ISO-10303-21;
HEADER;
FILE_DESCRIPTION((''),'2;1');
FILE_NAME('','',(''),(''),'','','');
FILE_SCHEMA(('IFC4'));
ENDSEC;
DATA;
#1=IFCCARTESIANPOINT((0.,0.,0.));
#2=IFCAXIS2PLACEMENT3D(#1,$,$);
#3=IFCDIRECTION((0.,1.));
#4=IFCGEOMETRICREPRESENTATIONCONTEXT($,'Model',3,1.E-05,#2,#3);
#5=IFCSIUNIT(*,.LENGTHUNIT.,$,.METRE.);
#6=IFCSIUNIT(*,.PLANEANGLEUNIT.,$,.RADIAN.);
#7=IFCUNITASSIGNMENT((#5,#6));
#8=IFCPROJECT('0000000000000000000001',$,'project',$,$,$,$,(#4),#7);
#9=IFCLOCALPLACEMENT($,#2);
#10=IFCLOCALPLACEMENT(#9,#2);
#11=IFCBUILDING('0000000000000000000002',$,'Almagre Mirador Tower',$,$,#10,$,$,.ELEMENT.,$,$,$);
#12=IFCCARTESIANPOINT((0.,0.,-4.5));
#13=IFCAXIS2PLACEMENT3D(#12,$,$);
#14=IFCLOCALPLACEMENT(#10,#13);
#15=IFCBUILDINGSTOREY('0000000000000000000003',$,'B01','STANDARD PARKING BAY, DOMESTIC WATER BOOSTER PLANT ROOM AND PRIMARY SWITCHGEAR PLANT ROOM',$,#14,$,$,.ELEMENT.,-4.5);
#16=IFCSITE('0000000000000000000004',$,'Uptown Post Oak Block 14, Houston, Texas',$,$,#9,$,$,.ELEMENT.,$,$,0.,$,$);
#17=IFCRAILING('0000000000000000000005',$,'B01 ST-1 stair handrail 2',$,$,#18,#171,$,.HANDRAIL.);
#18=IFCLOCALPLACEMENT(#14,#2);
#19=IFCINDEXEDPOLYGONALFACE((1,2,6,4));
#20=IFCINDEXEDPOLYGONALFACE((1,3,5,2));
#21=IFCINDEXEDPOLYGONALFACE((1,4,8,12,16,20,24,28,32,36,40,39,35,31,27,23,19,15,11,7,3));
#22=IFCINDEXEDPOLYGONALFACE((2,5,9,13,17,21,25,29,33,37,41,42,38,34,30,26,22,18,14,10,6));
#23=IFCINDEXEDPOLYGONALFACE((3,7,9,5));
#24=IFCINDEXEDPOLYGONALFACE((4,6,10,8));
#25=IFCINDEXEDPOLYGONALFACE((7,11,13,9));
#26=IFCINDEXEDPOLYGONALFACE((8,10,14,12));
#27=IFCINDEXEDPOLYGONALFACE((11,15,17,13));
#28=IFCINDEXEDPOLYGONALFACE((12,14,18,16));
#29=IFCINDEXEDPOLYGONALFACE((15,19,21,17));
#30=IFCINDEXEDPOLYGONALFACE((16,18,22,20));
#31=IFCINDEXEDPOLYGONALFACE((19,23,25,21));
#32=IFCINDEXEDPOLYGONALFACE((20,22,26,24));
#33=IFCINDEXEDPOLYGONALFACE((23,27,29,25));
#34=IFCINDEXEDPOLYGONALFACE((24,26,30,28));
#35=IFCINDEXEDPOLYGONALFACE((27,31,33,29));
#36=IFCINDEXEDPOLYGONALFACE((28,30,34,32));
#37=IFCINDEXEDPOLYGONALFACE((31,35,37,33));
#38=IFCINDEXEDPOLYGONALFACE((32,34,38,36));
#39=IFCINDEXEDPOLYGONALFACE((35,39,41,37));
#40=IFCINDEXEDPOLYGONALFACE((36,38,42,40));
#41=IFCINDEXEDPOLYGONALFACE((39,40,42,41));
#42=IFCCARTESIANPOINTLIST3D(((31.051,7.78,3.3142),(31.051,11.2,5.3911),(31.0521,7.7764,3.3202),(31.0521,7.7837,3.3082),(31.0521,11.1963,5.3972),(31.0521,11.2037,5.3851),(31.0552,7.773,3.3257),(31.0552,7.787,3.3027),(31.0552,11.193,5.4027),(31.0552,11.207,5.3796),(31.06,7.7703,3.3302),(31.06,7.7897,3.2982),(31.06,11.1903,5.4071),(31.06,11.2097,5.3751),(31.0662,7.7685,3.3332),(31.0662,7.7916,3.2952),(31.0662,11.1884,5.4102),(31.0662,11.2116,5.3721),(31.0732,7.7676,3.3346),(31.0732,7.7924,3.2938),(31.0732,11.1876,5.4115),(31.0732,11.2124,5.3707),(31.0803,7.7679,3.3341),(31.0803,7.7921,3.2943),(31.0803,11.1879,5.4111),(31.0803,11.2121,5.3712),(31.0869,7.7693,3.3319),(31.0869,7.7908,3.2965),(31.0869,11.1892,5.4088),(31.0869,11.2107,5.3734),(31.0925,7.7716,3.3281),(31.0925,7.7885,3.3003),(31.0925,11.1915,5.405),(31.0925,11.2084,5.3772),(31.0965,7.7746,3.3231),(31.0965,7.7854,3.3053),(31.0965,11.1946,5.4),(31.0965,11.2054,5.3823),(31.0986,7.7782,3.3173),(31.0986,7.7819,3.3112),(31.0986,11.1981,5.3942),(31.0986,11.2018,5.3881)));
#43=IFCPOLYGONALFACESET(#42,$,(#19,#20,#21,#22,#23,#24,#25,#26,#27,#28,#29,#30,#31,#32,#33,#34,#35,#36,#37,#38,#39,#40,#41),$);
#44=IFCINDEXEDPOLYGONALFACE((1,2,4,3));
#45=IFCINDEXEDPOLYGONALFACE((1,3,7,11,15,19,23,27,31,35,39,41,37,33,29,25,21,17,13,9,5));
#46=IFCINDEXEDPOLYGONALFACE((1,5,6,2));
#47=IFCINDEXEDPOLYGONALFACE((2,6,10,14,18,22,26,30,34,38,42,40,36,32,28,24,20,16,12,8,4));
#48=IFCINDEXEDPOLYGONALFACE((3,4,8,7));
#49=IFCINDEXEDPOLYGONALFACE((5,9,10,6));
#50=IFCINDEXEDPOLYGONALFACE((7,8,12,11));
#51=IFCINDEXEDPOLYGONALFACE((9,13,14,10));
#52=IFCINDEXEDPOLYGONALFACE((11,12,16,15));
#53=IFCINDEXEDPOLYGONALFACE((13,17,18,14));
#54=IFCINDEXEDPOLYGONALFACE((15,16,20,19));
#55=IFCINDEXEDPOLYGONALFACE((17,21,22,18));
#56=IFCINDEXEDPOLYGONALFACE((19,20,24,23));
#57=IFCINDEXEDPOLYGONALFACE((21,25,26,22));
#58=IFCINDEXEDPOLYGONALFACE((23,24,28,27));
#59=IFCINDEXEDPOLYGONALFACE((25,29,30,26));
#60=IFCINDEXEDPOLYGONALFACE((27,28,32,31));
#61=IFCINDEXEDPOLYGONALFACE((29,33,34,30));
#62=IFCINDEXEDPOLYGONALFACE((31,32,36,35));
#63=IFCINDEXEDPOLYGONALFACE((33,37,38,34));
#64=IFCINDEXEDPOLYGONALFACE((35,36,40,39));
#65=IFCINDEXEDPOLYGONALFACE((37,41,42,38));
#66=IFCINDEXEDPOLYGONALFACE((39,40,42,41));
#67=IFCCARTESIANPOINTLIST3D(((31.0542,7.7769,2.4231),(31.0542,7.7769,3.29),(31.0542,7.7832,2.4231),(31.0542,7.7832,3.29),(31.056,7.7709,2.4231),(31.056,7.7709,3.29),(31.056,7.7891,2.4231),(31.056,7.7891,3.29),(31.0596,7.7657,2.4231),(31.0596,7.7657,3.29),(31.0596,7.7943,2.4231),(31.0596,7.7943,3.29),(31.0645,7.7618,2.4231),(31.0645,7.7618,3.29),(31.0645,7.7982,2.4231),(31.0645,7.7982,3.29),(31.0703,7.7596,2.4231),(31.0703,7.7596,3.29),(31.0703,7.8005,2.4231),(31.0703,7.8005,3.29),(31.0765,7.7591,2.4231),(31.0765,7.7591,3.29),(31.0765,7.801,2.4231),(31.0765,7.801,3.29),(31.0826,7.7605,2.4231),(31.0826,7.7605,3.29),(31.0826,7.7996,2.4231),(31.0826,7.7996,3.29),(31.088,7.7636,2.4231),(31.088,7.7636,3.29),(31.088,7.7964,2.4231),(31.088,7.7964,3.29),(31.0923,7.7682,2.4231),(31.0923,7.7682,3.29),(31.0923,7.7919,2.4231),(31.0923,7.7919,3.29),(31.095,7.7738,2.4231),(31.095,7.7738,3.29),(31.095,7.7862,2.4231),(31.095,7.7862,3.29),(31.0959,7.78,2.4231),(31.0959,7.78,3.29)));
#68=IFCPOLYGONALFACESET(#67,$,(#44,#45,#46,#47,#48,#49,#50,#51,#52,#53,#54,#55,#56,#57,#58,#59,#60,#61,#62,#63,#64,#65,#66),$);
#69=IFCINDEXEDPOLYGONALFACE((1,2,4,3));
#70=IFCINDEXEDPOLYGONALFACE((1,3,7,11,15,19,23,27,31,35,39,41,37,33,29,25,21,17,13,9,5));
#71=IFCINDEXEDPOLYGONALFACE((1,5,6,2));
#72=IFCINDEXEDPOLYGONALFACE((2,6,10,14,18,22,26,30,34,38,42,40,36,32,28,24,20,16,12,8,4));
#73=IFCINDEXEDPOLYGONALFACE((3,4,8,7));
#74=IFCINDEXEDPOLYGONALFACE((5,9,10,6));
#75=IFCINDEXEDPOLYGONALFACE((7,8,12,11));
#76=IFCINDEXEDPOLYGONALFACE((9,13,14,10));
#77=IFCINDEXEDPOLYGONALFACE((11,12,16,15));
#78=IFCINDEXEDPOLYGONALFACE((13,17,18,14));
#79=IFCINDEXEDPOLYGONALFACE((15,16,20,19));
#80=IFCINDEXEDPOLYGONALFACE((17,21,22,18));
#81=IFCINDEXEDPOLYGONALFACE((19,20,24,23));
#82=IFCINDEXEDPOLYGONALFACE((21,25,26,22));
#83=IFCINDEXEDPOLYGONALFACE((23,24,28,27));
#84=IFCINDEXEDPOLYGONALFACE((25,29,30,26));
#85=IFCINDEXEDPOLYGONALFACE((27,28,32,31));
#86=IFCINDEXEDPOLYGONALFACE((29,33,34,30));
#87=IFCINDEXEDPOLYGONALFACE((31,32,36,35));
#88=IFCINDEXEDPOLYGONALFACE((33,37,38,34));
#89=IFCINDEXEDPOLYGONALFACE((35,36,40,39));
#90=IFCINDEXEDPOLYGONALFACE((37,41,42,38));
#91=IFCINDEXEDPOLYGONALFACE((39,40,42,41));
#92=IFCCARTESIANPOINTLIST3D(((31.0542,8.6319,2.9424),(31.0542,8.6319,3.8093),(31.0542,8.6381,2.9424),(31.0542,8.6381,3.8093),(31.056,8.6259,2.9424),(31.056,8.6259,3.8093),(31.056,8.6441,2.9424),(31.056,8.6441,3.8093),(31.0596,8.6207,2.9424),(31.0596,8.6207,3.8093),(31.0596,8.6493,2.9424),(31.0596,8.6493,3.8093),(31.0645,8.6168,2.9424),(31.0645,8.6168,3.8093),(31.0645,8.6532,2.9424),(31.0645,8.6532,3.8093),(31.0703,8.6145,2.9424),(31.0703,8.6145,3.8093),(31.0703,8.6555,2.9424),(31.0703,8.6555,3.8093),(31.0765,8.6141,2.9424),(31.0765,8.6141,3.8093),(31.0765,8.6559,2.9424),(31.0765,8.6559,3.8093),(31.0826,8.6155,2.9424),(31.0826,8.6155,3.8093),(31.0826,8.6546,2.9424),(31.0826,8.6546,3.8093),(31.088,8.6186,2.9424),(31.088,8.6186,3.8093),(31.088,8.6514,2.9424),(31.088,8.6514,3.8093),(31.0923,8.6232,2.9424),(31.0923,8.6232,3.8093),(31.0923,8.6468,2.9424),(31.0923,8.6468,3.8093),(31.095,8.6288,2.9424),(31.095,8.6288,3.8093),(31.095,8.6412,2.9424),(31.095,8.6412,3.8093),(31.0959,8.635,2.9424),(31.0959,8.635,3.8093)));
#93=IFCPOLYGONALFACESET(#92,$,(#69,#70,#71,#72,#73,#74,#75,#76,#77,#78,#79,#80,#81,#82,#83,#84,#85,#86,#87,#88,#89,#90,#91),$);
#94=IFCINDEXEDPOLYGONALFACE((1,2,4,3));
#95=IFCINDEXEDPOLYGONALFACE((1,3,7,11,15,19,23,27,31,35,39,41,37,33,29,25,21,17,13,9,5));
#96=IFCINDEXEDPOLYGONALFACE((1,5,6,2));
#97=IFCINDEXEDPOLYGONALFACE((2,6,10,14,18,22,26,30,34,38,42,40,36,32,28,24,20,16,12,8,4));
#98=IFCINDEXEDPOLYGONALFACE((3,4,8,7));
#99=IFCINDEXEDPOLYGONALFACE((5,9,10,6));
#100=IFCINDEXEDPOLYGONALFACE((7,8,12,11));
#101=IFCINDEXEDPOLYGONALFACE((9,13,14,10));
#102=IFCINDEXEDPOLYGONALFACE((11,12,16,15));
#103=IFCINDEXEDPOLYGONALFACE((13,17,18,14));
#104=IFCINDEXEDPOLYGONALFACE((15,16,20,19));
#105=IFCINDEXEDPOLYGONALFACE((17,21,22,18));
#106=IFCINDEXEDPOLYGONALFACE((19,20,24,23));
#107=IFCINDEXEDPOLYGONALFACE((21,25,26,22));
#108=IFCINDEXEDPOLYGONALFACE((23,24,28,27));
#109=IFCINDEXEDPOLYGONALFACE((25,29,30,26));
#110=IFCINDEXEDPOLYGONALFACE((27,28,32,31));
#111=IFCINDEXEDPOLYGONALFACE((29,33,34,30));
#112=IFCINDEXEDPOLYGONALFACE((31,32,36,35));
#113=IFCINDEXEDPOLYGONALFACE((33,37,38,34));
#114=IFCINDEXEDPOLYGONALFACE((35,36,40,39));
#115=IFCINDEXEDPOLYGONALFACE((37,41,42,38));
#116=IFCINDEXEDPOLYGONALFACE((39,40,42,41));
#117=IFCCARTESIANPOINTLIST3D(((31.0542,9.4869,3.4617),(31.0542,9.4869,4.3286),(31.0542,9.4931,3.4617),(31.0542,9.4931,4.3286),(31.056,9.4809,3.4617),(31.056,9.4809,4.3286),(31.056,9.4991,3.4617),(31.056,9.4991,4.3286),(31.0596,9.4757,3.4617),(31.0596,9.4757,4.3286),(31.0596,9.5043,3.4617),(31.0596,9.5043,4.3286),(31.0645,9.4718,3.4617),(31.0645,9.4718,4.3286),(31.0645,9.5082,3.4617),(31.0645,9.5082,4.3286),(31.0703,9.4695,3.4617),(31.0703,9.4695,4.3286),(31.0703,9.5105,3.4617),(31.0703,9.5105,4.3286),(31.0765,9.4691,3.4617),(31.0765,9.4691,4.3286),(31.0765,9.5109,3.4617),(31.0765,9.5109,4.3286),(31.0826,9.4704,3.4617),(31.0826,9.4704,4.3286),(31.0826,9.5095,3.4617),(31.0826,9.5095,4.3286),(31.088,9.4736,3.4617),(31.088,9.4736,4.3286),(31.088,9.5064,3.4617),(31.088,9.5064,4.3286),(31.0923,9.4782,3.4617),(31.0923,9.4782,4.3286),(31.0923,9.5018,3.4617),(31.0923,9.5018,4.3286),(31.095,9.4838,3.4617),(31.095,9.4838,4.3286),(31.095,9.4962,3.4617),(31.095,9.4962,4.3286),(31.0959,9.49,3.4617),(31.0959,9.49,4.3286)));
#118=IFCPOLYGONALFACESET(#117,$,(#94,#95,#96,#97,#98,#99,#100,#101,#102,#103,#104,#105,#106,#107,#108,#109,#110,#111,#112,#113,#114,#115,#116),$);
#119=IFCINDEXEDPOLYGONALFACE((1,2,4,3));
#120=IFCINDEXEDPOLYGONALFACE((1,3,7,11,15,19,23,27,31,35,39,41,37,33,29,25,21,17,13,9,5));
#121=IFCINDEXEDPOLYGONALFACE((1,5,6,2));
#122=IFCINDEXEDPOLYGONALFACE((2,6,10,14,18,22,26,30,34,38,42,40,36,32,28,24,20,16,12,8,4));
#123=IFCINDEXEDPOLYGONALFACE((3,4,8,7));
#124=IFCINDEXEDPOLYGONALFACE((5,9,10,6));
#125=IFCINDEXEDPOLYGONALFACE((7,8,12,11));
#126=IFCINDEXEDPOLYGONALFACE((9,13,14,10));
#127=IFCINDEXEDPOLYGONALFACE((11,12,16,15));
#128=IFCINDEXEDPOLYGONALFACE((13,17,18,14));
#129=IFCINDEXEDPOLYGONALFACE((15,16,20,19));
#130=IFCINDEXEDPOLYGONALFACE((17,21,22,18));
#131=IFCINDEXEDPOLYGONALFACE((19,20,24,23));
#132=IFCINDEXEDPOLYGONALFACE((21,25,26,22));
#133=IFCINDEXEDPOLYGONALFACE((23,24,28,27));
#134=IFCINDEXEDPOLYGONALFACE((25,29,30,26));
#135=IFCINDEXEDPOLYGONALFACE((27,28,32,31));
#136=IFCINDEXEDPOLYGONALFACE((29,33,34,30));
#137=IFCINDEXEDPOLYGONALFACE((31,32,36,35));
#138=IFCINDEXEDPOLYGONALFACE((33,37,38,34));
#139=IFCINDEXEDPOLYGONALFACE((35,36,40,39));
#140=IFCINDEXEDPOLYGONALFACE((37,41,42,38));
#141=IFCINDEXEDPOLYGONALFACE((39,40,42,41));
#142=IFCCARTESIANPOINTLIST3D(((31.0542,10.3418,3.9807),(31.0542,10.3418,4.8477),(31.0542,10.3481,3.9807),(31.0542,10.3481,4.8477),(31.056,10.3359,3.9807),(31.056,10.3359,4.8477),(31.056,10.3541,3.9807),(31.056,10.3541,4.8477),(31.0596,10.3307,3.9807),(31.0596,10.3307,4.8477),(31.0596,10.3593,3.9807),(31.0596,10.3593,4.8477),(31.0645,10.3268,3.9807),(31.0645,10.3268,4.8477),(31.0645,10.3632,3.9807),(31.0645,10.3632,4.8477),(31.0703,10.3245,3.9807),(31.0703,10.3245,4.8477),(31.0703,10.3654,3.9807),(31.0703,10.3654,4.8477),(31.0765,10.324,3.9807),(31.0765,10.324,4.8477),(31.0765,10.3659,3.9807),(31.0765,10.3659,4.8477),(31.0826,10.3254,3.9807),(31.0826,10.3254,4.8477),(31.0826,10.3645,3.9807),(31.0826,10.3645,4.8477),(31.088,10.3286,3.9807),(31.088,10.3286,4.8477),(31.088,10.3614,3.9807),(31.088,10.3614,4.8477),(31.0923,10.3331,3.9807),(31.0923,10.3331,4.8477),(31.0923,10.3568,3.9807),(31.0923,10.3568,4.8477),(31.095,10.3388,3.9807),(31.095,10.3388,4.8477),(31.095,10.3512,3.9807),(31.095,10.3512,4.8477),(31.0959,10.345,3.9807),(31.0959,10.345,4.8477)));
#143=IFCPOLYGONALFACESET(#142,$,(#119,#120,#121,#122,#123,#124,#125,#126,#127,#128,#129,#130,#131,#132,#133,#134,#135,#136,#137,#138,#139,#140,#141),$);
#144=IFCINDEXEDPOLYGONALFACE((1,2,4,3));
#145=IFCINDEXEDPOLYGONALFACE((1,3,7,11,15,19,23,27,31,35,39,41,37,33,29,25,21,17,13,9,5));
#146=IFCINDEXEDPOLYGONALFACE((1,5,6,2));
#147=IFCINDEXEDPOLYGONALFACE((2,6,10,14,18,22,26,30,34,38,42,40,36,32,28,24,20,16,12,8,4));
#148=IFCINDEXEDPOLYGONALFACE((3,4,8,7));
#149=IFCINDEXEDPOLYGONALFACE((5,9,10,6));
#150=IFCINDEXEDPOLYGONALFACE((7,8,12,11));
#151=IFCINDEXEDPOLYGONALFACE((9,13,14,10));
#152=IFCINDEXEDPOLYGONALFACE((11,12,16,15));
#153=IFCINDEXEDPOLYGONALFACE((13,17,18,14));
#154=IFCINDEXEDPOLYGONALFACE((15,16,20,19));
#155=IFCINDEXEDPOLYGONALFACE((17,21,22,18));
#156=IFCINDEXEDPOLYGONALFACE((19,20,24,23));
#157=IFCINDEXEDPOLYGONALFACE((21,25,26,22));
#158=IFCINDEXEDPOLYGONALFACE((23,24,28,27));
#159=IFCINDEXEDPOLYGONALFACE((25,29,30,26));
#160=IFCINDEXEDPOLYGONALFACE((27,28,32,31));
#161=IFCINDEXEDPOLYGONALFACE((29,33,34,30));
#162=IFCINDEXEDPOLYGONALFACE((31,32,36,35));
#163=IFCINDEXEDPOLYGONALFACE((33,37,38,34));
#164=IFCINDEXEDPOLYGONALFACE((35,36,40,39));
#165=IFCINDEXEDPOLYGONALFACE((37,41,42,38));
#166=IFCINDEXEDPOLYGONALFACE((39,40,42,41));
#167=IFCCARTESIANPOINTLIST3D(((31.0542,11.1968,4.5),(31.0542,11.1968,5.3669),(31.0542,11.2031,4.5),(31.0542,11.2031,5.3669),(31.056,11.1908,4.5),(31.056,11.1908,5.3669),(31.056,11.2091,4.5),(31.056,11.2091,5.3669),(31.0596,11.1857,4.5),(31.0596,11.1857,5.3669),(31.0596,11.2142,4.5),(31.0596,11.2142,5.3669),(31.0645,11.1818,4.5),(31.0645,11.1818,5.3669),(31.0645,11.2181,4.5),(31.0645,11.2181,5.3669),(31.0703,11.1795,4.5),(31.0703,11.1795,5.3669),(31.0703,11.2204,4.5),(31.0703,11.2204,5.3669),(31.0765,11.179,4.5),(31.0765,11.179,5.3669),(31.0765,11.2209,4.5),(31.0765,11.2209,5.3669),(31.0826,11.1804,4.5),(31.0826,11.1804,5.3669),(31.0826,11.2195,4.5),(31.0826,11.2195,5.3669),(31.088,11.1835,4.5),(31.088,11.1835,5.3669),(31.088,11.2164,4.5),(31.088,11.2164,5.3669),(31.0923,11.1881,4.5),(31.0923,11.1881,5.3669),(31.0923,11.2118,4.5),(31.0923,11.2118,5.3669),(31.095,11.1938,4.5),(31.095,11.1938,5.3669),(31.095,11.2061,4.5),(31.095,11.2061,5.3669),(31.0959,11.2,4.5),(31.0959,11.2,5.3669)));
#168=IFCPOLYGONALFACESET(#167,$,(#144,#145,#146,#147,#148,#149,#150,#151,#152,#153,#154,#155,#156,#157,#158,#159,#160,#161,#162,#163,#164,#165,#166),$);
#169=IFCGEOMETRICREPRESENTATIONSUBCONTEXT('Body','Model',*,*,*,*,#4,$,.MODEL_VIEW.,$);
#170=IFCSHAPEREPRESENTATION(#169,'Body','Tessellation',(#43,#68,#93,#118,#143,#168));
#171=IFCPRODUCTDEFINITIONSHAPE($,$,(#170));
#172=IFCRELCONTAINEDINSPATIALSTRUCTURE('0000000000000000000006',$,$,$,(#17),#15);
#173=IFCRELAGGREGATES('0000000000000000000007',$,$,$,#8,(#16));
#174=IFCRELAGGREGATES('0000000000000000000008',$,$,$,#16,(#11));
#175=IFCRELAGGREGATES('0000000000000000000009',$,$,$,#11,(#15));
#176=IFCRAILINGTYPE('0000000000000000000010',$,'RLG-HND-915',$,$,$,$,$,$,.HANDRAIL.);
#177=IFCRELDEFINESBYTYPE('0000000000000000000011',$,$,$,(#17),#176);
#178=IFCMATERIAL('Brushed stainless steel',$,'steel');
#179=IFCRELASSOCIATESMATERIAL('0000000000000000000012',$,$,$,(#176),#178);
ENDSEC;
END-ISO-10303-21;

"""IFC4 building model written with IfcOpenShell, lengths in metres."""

from ifc_helpers import new_model, si_unit, direction, frame, origin, origin_2d, place, context, subcontext, project, spatial, circle, extrude, material, type_object, element, save


model = new_model("IFC4")

# Units and contexts
model_context = context("Model", 3, precision=1e-05, world=origin(), true_north=direction((0.0, 1.0)))
body_context = subcontext(model_context, "Body", "Model", "MODEL_VIEW")
ifc_project = project(units=[si_unit("LENGTHUNIT", "METRE"), si_unit("PLANEANGLEUNIT", "RADIAN")], contexts=[model_context])

# Site, building, storey
site_placement = place(None, origin())
site = spatial("IfcSite", under=ifc_project, at=site_placement, Name="Uptown Post Oak Block 14, Houston, Texas", CompositionType="ELEMENT", RefElevation=0.0)
building_placement = place(site_placement, origin())
building = spatial("IfcBuilding", under=site, at=building_placement, Name="Almagre Mirador Tower", CompositionType="ELEMENT")
storey_placement = place(building_placement, frame((0.0, 0.0, -4.5)))
storey = spatial("IfcBuildingStorey", under=building, at=storey_placement, Name="B01", Description="STANDARD PARKING BAY, DOMESTIC WATER BOOSTER PLANT ROOM AND PRIMARY SWITCHGEAR PLANT ROOM", CompositionType="ELEMENT", Elevation=-4.5)

# Railing
ifc_material_1 = material(Name="Brushed stainless steel", Category="steel")
railing_type_1 = type_object("IfcRailingType", Name="RLG-HND-915", PredefinedType="HANDRAIL", material=ifc_material_1)
railing_1_placement = place(storey_placement, frame((31.075, 7.78, 2.4231)))
element("IfcRailing", 1, at=railing_1_placement, inside=storey, type_object=railing_type_1, Name="B01 ST-1 stair handrail 2", PredefinedType="HANDRAIL", context=body_context, shape_type="SweptSolid", body=[
    extrude(circle(Radius=0.0239, at=origin_2d()), frame((0.0, 0.0, 0.8911), z_axis=(0.0, 0.85473, 0.519074), x_axis=(-1.0, 0.0, 0.0)), (0.0, 0.0, 1.0), 4.0012),
    extrude(circle(Radius=0.021, at=origin_2d()), origin(), (0.0, 0.0, 1.0), 0.8669),
    extrude(circle(Radius=0.021, at=origin_2d()), frame((0.0, 0.855, 0.5193)), (0.0, 0.0, 1.0), 0.8669),
    extrude(circle(Radius=0.021, at=origin_2d()), frame((0.0, 1.71, 1.0386)), (0.0, 0.0, 1.0), 0.8669),
    extrude(circle(Radius=0.021, at=origin_2d()), frame((0.0, 2.5649, 1.5576)), (0.0, 0.0, 1.0), 0.8669),
    extrude(circle(Radius=0.021, at=origin_2d()), frame((0.0, 3.4199, 2.0769)), (0.0, 0.0, 1.0), 0.8669),
])

save(model, "model.ifc")
